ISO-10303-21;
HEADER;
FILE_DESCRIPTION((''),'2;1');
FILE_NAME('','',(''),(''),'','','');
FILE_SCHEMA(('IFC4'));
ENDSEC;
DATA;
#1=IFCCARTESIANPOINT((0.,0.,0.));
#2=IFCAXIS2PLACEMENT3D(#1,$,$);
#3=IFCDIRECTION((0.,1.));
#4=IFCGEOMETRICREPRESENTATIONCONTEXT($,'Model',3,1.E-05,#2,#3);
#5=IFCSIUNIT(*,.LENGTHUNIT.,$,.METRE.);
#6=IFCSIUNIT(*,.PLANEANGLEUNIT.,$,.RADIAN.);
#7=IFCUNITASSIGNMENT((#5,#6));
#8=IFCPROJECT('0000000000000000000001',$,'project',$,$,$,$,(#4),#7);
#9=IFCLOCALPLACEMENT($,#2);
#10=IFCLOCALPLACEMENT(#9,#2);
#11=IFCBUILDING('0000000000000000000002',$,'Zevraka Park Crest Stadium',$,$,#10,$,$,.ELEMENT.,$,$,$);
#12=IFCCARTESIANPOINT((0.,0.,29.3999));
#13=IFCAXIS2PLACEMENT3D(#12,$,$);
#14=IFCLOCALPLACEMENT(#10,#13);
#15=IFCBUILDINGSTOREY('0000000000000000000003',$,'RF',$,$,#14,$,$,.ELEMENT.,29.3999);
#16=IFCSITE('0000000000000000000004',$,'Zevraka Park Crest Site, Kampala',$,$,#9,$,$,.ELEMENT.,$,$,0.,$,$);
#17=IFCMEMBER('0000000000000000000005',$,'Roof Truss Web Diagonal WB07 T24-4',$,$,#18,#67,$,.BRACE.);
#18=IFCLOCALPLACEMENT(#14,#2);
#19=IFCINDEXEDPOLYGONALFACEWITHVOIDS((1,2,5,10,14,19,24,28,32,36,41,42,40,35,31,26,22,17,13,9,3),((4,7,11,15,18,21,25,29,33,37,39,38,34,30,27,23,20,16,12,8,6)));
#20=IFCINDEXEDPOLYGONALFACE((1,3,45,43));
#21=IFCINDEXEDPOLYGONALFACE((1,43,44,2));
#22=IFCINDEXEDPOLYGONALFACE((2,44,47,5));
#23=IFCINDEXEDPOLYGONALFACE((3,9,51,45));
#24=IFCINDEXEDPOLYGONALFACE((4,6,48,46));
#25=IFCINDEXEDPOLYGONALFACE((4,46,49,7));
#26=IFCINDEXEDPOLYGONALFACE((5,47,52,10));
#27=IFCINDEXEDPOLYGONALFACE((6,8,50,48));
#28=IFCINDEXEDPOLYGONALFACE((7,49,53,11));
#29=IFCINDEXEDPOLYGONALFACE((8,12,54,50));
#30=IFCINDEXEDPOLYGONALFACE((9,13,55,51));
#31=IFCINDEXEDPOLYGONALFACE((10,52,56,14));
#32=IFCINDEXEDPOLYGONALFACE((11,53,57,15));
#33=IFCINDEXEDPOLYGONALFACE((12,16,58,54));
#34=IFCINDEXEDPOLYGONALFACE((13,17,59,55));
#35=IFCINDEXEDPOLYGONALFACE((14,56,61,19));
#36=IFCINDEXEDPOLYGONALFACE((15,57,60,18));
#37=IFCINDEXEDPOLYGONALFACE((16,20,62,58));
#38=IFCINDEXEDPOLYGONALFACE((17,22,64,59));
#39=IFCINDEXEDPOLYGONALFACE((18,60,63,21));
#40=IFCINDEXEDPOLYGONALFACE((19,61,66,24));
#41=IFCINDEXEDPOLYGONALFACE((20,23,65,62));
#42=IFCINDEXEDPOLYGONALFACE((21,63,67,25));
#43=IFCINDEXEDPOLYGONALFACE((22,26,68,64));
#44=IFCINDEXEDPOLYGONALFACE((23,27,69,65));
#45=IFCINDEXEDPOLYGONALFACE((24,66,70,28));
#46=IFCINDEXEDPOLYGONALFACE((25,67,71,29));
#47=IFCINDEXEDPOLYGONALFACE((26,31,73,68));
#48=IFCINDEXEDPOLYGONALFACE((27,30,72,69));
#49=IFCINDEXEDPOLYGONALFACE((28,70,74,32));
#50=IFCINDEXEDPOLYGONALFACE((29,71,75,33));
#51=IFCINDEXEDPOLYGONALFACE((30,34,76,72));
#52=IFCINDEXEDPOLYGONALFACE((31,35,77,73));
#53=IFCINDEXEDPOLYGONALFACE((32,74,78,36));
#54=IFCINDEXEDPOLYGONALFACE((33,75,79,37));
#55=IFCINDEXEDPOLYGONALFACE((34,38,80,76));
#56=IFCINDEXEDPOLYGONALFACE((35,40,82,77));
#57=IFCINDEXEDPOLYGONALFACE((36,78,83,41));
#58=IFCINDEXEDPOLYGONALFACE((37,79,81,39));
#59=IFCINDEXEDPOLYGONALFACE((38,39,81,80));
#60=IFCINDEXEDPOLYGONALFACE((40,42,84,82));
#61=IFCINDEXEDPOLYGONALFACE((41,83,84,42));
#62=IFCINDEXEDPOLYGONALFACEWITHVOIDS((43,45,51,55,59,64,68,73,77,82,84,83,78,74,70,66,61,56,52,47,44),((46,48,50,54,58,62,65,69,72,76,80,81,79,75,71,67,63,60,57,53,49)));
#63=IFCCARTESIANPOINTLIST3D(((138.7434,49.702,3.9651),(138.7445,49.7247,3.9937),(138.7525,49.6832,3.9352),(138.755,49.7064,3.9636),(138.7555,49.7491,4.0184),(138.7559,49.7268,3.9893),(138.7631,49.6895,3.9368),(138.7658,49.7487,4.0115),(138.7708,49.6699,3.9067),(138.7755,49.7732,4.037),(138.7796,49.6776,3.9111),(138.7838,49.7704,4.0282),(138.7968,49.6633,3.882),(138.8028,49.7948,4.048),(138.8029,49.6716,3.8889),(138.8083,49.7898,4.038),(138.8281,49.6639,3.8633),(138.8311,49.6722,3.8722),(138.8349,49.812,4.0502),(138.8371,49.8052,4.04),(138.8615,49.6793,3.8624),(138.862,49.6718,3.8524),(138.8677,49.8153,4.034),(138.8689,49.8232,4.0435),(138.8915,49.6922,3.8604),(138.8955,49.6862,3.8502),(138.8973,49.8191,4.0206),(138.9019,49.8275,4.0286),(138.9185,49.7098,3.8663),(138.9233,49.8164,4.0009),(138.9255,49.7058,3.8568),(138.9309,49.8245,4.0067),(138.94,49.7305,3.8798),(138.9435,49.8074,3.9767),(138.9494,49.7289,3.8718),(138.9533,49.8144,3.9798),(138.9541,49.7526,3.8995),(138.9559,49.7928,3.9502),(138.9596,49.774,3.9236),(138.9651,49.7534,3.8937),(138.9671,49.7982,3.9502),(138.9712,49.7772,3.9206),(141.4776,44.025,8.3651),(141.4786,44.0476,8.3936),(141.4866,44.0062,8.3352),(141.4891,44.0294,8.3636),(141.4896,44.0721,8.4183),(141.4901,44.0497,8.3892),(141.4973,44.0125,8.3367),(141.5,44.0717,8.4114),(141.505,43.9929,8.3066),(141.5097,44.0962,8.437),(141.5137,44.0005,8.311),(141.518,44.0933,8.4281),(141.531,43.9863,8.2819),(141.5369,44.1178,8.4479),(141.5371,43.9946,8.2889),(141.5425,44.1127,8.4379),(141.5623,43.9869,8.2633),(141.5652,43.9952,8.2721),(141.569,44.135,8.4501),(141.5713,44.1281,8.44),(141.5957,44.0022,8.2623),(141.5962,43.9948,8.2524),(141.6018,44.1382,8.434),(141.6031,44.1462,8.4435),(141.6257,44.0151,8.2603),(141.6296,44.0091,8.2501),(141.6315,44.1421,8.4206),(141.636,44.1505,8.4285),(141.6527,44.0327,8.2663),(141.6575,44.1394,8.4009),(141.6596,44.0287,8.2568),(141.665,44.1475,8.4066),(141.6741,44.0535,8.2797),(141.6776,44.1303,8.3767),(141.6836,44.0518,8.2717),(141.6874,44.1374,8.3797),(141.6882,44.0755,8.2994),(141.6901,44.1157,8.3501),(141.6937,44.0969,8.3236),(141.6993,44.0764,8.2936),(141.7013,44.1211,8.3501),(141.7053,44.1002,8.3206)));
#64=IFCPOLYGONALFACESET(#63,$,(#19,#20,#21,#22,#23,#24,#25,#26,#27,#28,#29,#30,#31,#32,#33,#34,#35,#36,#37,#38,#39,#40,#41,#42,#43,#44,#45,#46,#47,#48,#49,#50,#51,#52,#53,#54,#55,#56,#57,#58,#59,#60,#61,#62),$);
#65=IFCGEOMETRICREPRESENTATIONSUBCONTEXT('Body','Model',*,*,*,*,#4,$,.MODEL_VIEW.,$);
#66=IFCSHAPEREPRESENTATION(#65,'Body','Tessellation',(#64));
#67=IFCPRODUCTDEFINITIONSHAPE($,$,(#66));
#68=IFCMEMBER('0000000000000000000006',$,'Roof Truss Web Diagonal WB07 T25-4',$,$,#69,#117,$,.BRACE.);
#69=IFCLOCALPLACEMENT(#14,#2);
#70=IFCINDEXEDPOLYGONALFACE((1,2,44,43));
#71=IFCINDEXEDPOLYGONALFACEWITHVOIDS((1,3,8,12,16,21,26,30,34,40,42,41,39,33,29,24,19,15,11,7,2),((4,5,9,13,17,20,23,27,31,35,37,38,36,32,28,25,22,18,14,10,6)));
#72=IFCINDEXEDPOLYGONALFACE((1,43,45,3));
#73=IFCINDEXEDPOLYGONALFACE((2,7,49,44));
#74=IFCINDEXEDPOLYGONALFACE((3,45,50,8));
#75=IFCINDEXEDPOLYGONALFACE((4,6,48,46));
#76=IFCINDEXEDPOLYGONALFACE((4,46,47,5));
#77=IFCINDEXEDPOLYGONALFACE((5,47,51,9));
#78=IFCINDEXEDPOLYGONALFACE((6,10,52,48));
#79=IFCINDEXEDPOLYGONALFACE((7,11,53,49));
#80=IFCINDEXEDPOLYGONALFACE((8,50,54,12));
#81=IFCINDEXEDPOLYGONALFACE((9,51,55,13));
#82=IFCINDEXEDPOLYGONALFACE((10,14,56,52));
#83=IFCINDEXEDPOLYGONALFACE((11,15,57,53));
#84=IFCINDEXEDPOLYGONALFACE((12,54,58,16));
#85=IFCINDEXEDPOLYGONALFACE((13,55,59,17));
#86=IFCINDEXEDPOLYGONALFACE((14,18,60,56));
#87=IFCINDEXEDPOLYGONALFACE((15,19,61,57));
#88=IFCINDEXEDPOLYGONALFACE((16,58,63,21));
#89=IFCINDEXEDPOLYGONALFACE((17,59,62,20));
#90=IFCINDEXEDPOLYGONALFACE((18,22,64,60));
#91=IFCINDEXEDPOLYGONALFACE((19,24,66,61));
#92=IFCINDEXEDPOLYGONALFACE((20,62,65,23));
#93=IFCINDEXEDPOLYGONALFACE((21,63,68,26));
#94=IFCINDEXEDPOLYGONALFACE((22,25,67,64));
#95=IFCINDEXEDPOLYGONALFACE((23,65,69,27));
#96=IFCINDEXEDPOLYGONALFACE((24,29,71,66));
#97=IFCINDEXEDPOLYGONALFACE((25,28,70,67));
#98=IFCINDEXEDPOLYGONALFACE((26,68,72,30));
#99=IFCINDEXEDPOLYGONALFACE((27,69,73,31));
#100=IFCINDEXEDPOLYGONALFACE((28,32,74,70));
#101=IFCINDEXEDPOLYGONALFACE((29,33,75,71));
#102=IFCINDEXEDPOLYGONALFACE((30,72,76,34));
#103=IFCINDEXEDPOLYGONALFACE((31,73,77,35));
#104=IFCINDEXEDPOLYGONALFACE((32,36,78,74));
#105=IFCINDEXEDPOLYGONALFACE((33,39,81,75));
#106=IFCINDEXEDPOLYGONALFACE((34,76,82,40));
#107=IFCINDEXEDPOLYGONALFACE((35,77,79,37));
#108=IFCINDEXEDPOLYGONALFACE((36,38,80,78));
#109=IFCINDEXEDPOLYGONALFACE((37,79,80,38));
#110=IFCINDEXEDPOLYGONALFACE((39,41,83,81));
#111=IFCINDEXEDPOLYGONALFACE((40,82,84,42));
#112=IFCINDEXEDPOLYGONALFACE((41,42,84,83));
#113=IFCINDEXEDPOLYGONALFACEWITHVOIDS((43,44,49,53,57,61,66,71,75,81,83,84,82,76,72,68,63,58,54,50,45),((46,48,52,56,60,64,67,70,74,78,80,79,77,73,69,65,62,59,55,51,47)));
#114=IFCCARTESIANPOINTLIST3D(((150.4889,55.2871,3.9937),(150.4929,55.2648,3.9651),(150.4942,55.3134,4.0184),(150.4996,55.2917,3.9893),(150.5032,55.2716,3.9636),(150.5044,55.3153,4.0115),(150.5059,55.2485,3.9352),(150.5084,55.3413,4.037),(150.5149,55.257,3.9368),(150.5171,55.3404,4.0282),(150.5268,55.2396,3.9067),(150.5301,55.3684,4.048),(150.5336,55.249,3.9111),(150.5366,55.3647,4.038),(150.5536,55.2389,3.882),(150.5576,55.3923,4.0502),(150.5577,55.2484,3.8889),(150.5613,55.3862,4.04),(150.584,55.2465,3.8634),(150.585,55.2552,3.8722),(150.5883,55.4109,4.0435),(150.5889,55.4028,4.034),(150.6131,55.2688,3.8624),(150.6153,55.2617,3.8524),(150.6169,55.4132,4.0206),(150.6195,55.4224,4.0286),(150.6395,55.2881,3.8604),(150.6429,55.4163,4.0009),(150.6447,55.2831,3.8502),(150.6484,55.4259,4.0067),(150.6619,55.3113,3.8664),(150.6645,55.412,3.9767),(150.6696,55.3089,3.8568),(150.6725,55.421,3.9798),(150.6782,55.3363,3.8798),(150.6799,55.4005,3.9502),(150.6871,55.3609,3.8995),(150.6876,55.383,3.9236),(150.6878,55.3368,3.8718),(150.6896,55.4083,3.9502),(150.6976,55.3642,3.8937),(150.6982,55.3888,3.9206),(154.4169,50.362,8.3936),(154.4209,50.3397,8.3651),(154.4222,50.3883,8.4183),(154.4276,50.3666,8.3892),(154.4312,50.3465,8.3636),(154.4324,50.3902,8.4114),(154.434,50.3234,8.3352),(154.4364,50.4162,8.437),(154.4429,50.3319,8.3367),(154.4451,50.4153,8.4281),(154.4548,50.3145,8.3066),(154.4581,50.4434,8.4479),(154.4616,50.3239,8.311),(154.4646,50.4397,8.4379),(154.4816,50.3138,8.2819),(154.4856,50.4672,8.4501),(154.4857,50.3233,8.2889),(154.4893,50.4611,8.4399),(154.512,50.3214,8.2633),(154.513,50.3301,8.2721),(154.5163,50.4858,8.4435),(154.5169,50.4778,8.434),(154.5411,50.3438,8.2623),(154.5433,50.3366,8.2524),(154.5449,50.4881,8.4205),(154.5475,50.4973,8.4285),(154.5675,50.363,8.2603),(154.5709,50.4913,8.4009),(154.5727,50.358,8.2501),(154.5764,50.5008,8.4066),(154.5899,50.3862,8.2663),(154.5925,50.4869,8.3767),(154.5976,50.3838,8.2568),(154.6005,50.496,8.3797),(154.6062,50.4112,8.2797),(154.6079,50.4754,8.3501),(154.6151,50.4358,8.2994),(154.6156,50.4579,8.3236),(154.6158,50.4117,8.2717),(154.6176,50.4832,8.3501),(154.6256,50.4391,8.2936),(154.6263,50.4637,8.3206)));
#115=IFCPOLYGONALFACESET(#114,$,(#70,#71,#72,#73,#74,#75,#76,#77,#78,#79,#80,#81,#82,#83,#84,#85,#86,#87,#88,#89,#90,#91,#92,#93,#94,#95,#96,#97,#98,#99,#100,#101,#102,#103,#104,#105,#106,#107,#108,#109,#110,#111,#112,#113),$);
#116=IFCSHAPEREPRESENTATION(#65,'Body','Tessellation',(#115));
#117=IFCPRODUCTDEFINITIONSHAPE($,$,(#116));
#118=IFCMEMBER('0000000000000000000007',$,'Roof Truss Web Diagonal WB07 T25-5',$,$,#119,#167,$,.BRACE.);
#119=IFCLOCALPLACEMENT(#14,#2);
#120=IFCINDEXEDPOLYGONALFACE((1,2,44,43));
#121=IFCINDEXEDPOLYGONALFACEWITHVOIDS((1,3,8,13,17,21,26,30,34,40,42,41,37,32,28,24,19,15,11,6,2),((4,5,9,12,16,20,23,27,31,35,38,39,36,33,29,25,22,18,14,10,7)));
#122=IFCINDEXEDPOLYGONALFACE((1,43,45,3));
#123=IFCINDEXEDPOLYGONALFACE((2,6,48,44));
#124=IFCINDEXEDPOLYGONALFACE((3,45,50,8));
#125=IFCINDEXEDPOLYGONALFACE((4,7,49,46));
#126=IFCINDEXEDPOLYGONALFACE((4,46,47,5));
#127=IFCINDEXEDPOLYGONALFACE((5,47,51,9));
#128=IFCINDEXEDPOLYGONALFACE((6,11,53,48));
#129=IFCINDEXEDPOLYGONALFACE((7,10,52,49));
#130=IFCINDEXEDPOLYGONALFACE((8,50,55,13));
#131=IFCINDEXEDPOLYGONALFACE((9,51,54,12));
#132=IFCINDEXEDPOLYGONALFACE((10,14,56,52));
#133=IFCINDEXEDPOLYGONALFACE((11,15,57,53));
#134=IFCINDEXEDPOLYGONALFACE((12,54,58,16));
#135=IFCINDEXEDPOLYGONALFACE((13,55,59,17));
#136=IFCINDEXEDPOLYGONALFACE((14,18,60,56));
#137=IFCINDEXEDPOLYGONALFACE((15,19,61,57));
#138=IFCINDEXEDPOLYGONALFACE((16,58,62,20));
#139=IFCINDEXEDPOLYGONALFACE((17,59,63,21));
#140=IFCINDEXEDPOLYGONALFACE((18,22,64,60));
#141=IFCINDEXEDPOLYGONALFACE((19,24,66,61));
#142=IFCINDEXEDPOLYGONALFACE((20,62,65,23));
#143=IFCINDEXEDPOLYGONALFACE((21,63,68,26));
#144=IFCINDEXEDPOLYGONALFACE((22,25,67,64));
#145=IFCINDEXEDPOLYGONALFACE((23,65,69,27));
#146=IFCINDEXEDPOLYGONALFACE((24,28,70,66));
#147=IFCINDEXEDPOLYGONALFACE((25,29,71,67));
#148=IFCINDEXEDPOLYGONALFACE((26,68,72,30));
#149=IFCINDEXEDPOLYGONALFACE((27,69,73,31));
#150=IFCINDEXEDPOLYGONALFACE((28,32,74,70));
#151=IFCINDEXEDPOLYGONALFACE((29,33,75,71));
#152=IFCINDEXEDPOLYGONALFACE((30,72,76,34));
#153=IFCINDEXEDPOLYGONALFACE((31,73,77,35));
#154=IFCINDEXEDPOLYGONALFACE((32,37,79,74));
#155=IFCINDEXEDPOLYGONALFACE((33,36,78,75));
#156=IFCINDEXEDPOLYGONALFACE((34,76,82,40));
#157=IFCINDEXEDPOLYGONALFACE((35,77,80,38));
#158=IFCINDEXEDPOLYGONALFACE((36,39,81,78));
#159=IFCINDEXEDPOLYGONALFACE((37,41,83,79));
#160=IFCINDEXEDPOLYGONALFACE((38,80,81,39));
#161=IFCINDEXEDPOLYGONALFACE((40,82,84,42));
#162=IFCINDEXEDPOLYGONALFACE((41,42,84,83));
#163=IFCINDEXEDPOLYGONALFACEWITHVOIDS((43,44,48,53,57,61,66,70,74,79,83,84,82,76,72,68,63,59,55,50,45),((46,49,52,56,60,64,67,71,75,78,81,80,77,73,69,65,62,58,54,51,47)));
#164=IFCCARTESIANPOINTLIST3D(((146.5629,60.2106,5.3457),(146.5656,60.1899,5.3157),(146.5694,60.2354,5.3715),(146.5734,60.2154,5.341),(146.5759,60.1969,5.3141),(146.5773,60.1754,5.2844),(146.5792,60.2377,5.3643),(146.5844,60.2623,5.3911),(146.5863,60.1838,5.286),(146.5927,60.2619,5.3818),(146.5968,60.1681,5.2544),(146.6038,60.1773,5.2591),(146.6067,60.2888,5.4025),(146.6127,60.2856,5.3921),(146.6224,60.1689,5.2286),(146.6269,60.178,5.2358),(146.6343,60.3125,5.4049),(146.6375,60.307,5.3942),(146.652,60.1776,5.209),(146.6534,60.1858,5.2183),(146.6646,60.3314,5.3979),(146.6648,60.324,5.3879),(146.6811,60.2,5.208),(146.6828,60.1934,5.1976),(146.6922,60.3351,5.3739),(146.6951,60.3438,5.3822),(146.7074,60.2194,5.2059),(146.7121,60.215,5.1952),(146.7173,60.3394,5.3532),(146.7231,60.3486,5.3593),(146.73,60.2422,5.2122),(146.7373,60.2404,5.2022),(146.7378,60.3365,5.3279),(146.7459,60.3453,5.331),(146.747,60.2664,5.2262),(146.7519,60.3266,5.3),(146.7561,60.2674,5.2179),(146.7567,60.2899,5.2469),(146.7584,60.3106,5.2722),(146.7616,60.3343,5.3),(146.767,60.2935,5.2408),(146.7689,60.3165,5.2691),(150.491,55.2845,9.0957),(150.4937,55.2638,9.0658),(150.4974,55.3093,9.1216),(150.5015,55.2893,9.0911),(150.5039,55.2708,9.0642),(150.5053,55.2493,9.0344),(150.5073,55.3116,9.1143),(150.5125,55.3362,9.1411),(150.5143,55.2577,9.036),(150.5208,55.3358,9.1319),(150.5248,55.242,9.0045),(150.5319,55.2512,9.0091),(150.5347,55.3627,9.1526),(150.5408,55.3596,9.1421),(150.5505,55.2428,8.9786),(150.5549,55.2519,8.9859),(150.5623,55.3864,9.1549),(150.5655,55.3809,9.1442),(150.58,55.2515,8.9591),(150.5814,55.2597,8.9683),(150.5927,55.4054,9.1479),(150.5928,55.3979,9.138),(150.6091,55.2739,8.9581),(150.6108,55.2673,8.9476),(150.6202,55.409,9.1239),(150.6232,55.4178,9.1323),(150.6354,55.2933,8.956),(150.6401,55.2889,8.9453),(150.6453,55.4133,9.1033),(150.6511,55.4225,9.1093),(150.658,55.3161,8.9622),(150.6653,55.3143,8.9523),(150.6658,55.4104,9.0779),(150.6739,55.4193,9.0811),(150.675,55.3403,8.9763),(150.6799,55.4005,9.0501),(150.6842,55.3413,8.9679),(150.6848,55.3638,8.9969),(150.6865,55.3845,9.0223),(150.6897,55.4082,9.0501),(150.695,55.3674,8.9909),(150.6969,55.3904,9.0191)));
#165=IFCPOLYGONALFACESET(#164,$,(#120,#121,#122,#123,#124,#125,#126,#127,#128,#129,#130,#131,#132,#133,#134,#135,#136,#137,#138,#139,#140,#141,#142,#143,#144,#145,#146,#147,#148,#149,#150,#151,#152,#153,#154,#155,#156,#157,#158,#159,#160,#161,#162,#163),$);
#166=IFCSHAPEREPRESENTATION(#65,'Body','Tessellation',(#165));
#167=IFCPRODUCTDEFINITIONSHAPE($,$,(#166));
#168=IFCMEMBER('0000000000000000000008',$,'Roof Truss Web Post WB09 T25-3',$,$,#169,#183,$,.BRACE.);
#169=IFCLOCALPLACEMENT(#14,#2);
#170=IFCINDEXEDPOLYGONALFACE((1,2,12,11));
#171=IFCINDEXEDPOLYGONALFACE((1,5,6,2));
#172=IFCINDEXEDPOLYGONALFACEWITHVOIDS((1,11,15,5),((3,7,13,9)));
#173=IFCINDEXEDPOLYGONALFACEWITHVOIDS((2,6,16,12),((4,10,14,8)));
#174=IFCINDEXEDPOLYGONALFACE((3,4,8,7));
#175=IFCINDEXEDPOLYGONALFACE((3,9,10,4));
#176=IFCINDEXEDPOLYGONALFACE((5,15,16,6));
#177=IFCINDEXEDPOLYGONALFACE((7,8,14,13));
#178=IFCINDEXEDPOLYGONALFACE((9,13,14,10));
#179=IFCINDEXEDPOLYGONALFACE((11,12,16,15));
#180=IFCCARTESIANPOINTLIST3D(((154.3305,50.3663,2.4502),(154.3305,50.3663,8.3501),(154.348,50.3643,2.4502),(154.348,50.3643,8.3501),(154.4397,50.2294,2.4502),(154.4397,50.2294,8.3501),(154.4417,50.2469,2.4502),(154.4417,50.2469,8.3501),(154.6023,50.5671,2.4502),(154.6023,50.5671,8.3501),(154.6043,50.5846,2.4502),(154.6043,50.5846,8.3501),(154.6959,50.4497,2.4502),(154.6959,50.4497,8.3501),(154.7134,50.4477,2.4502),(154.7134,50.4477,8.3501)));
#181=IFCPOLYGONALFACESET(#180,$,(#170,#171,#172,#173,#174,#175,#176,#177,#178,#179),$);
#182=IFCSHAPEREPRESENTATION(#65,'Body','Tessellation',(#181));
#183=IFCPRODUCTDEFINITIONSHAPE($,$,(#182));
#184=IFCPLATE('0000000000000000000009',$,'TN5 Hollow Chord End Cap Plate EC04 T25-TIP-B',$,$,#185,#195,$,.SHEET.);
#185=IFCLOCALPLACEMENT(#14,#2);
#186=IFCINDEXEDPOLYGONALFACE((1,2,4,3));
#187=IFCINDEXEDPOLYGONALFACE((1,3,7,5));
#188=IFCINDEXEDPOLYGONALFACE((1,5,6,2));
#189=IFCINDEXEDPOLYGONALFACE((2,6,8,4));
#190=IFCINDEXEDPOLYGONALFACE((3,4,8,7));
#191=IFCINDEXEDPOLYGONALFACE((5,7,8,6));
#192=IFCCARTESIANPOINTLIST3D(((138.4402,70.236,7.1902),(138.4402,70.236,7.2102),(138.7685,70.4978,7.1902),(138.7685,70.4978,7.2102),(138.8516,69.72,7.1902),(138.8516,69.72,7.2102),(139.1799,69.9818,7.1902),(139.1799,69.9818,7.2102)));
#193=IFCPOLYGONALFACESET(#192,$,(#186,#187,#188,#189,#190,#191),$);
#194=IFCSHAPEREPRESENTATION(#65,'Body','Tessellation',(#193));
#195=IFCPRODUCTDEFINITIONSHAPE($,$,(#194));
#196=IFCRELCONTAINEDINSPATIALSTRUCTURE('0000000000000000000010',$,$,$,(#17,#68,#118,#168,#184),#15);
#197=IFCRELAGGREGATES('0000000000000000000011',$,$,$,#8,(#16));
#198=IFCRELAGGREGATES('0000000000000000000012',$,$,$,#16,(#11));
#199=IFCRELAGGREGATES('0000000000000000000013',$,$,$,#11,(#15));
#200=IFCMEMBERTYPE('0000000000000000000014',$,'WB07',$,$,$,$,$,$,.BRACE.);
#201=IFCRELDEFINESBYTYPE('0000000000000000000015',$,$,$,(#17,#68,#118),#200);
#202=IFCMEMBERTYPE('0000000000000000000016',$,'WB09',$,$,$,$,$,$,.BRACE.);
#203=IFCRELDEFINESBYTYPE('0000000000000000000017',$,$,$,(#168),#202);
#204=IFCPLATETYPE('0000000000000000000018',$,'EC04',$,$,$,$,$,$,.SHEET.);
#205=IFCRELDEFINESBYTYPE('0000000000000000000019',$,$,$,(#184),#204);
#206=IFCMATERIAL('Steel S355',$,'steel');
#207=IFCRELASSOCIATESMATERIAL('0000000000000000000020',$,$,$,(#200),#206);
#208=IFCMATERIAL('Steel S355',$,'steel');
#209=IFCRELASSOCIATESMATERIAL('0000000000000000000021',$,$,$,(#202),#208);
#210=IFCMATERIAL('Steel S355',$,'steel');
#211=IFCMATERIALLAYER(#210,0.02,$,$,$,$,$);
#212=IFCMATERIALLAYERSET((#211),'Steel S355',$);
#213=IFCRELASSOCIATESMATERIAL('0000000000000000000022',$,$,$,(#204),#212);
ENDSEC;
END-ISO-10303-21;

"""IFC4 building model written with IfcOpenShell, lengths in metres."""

from ifc_helpers import new_model, si_unit, direction, frame, origin, origin_2d, place, context, subcontext, project, spatial, rectangle, hollow_rectangle, hollow_circle, extrude, material, layer, layer_set, material_profile, profile_set, type_object, element, save


model = new_model("IFC4")

# Units and contexts
model_context = context("Model", 3, precision=1e-05, world=origin(), true_north=direction((0.0, 1.0)))
body_context = subcontext(model_context, "Body", "Model", "MODEL_VIEW")
ifc_project = project(units=[si_unit("LENGTHUNIT", "METRE"), si_unit("PLANEANGLEUNIT", "RADIAN")], contexts=[model_context])

# Site, building, storey
site_placement = place(None, origin())
site = spatial("IfcSite", under=ifc_project, at=site_placement, Name="Zevraka Park Crest Site, Kampala", CompositionType="ELEMENT", RefElevation=0.0)
building_placement = place(site_placement, origin())
building = spatial("IfcBuilding", under=site, at=building_placement, Name="Zevraka Park Crest Stadium", CompositionType="ELEMENT")
storey_placement = place(building_placement, frame((0.0, 0.0, 29.3999)))
storey = spatial("IfcBuildingStorey", under=building, at=storey_placement, Name="RF", CompositionType="ELEMENT", Elevation=29.3999)

# Members
ifc_material_1 = material(Name="Steel S355", Category="steel")
ifc_material_profile_1 = material_profile(ifc_material_1, hollow_circle(Radius=0.1223, WallThickness=0.0125, at=origin_2d()), Name="CHS 244.5x12.5")
ifc_profile_set_1 = profile_set([ifc_material_profile_1], Name="Steel S355")
member_type_1 = type_object("IfcMemberType", Name="WB07", PredefinedType="BRACE", material=ifc_profile_set_1)
member_1_placement = place(storey_placement, frame((138.8569, 49.7451, 3.9502), z_axis=(0.355764, -0.738689, 0.572513), x_axis=(0.900955, 0.433913, 0.0)))
element("IfcMember", 1, at=member_1_placement, inside=storey, type_object=member_type_1, Name="Roof Truss Web Diagonal WB07 T24-4", PredefinedType="BRACE", context=body_context, shape_type="SweptSolid", body=[
    extrude(hollow_circle(Radius=0.1223, WallThickness=0.0125, at=origin_2d()), origin(), (0.0, 0.0, 1.0), 7.6853),
])
member_2_placement = place(storey_placement, frame((150.594, 55.332, 3.9502), z_axis=(0.511188, -0.640946, 0.572604), x_axis=(0.781802, 0.623527, 0.0)))
element("IfcMember", 2, at=member_2_placement, inside=storey, type_object=member_type_1, Name="Roof Truss Web Diagonal WB07 T25-4", PredefinedType="BRACE", context=body_context, shape_type="SweptSolid", body=[
    extrude(hollow_circle(Radius=0.1223, WallThickness=0.0125, at=origin_2d()), origin(), (0.0, 0.0, 1.0), 7.6841),
])
member_3_placement = place(storey_placement, frame((146.666, 60.2581, 5.3), z_axis=(0.535736, -0.671859, 0.511461), x_axis=(0.781862, 0.623451, 0.0)))
element("IfcMember", 3, at=member_3_placement, inside=storey, type_object=member_type_1, Name="Roof Truss Web Diagonal WB07 T25-5", PredefinedType="BRACE", context=body_context, shape_type="SweptSolid", body=[
    extrude(hollow_circle(Radius=0.1223, WallThickness=0.0125, at=origin_2d()), origin(), (0.0, 0.0, 1.0), 7.332),
])
ifc_material_2 = material(Name="Steel S355", Category="steel")
ifc_material_profile_2 = material_profile(ifc_material_2, hollow_rectangle(XDim=0.175, YDim=0.3501, WallThickness=0.0125, at=origin_2d()), Name="RHS 350x175x12.5")
ifc_profile_set_2 = profile_set([ifc_material_profile_2], Name="Steel S355")
member_type_2 = type_object("IfcMemberType", Name="WB09", PredefinedType="BRACE", material=ifc_profile_set_2)
member_4_placement = place(storey_placement, frame((154.522, 50.407, 2.4502), z_axis=(0.0, 0.0, 1.0), x_axis=(-0.62347, 0.781847, 0.0)))
element("IfcMember", 4, at=member_4_placement, inside=storey, type_object=member_type_2, Name="Roof Truss Web Post WB09 T25-3", PredefinedType="BRACE", context=body_context, shape_type="SweptSolid", body=[
    extrude(hollow_rectangle(XDim=0.175, YDim=0.3501, WallThickness=0.0125, at=origin_2d()), origin(), (0.0, 0.0, 1.0), 5.8999),
])

# Plate
ifc_material_3 = material(Name="Steel S355", Category="steel")
ifc_layer_1 = layer(ifc_material_3, 0.02)
ifc_layer_set_1 = layer_set([ifc_layer_1], Name="Steel S355")
plate_type_1 = type_object("IfcPlateType", Name="EC04", PredefinedType="SHEET", material=ifc_layer_set_1)
for number, where, z_axis, x_axis, name in (
    (5, (138.8101, 70.1089, 7.1902), (0.0, 0.0, 1.0), (-0.62347, 0.781847, 0.0), "TN5 Hollow Chord End Cap Plate EC04 T25-TIP-B"),
):
    element("IfcPlate", number, at=place(storey_placement, frame(where, z_axis=z_axis, x_axis=x_axis)), inside=storey, type_object=plate_type_1, Name=name, PredefinedType="SHEET", context=body_context, shape_type="SweptSolid", body=[
        extrude(rectangle(XDim=0.6599, YDim=0.4199, at=origin_2d()), origin(), (0.0, 0.0, 1.0), 0.02),
    ])

save(model, "model.ifc")
